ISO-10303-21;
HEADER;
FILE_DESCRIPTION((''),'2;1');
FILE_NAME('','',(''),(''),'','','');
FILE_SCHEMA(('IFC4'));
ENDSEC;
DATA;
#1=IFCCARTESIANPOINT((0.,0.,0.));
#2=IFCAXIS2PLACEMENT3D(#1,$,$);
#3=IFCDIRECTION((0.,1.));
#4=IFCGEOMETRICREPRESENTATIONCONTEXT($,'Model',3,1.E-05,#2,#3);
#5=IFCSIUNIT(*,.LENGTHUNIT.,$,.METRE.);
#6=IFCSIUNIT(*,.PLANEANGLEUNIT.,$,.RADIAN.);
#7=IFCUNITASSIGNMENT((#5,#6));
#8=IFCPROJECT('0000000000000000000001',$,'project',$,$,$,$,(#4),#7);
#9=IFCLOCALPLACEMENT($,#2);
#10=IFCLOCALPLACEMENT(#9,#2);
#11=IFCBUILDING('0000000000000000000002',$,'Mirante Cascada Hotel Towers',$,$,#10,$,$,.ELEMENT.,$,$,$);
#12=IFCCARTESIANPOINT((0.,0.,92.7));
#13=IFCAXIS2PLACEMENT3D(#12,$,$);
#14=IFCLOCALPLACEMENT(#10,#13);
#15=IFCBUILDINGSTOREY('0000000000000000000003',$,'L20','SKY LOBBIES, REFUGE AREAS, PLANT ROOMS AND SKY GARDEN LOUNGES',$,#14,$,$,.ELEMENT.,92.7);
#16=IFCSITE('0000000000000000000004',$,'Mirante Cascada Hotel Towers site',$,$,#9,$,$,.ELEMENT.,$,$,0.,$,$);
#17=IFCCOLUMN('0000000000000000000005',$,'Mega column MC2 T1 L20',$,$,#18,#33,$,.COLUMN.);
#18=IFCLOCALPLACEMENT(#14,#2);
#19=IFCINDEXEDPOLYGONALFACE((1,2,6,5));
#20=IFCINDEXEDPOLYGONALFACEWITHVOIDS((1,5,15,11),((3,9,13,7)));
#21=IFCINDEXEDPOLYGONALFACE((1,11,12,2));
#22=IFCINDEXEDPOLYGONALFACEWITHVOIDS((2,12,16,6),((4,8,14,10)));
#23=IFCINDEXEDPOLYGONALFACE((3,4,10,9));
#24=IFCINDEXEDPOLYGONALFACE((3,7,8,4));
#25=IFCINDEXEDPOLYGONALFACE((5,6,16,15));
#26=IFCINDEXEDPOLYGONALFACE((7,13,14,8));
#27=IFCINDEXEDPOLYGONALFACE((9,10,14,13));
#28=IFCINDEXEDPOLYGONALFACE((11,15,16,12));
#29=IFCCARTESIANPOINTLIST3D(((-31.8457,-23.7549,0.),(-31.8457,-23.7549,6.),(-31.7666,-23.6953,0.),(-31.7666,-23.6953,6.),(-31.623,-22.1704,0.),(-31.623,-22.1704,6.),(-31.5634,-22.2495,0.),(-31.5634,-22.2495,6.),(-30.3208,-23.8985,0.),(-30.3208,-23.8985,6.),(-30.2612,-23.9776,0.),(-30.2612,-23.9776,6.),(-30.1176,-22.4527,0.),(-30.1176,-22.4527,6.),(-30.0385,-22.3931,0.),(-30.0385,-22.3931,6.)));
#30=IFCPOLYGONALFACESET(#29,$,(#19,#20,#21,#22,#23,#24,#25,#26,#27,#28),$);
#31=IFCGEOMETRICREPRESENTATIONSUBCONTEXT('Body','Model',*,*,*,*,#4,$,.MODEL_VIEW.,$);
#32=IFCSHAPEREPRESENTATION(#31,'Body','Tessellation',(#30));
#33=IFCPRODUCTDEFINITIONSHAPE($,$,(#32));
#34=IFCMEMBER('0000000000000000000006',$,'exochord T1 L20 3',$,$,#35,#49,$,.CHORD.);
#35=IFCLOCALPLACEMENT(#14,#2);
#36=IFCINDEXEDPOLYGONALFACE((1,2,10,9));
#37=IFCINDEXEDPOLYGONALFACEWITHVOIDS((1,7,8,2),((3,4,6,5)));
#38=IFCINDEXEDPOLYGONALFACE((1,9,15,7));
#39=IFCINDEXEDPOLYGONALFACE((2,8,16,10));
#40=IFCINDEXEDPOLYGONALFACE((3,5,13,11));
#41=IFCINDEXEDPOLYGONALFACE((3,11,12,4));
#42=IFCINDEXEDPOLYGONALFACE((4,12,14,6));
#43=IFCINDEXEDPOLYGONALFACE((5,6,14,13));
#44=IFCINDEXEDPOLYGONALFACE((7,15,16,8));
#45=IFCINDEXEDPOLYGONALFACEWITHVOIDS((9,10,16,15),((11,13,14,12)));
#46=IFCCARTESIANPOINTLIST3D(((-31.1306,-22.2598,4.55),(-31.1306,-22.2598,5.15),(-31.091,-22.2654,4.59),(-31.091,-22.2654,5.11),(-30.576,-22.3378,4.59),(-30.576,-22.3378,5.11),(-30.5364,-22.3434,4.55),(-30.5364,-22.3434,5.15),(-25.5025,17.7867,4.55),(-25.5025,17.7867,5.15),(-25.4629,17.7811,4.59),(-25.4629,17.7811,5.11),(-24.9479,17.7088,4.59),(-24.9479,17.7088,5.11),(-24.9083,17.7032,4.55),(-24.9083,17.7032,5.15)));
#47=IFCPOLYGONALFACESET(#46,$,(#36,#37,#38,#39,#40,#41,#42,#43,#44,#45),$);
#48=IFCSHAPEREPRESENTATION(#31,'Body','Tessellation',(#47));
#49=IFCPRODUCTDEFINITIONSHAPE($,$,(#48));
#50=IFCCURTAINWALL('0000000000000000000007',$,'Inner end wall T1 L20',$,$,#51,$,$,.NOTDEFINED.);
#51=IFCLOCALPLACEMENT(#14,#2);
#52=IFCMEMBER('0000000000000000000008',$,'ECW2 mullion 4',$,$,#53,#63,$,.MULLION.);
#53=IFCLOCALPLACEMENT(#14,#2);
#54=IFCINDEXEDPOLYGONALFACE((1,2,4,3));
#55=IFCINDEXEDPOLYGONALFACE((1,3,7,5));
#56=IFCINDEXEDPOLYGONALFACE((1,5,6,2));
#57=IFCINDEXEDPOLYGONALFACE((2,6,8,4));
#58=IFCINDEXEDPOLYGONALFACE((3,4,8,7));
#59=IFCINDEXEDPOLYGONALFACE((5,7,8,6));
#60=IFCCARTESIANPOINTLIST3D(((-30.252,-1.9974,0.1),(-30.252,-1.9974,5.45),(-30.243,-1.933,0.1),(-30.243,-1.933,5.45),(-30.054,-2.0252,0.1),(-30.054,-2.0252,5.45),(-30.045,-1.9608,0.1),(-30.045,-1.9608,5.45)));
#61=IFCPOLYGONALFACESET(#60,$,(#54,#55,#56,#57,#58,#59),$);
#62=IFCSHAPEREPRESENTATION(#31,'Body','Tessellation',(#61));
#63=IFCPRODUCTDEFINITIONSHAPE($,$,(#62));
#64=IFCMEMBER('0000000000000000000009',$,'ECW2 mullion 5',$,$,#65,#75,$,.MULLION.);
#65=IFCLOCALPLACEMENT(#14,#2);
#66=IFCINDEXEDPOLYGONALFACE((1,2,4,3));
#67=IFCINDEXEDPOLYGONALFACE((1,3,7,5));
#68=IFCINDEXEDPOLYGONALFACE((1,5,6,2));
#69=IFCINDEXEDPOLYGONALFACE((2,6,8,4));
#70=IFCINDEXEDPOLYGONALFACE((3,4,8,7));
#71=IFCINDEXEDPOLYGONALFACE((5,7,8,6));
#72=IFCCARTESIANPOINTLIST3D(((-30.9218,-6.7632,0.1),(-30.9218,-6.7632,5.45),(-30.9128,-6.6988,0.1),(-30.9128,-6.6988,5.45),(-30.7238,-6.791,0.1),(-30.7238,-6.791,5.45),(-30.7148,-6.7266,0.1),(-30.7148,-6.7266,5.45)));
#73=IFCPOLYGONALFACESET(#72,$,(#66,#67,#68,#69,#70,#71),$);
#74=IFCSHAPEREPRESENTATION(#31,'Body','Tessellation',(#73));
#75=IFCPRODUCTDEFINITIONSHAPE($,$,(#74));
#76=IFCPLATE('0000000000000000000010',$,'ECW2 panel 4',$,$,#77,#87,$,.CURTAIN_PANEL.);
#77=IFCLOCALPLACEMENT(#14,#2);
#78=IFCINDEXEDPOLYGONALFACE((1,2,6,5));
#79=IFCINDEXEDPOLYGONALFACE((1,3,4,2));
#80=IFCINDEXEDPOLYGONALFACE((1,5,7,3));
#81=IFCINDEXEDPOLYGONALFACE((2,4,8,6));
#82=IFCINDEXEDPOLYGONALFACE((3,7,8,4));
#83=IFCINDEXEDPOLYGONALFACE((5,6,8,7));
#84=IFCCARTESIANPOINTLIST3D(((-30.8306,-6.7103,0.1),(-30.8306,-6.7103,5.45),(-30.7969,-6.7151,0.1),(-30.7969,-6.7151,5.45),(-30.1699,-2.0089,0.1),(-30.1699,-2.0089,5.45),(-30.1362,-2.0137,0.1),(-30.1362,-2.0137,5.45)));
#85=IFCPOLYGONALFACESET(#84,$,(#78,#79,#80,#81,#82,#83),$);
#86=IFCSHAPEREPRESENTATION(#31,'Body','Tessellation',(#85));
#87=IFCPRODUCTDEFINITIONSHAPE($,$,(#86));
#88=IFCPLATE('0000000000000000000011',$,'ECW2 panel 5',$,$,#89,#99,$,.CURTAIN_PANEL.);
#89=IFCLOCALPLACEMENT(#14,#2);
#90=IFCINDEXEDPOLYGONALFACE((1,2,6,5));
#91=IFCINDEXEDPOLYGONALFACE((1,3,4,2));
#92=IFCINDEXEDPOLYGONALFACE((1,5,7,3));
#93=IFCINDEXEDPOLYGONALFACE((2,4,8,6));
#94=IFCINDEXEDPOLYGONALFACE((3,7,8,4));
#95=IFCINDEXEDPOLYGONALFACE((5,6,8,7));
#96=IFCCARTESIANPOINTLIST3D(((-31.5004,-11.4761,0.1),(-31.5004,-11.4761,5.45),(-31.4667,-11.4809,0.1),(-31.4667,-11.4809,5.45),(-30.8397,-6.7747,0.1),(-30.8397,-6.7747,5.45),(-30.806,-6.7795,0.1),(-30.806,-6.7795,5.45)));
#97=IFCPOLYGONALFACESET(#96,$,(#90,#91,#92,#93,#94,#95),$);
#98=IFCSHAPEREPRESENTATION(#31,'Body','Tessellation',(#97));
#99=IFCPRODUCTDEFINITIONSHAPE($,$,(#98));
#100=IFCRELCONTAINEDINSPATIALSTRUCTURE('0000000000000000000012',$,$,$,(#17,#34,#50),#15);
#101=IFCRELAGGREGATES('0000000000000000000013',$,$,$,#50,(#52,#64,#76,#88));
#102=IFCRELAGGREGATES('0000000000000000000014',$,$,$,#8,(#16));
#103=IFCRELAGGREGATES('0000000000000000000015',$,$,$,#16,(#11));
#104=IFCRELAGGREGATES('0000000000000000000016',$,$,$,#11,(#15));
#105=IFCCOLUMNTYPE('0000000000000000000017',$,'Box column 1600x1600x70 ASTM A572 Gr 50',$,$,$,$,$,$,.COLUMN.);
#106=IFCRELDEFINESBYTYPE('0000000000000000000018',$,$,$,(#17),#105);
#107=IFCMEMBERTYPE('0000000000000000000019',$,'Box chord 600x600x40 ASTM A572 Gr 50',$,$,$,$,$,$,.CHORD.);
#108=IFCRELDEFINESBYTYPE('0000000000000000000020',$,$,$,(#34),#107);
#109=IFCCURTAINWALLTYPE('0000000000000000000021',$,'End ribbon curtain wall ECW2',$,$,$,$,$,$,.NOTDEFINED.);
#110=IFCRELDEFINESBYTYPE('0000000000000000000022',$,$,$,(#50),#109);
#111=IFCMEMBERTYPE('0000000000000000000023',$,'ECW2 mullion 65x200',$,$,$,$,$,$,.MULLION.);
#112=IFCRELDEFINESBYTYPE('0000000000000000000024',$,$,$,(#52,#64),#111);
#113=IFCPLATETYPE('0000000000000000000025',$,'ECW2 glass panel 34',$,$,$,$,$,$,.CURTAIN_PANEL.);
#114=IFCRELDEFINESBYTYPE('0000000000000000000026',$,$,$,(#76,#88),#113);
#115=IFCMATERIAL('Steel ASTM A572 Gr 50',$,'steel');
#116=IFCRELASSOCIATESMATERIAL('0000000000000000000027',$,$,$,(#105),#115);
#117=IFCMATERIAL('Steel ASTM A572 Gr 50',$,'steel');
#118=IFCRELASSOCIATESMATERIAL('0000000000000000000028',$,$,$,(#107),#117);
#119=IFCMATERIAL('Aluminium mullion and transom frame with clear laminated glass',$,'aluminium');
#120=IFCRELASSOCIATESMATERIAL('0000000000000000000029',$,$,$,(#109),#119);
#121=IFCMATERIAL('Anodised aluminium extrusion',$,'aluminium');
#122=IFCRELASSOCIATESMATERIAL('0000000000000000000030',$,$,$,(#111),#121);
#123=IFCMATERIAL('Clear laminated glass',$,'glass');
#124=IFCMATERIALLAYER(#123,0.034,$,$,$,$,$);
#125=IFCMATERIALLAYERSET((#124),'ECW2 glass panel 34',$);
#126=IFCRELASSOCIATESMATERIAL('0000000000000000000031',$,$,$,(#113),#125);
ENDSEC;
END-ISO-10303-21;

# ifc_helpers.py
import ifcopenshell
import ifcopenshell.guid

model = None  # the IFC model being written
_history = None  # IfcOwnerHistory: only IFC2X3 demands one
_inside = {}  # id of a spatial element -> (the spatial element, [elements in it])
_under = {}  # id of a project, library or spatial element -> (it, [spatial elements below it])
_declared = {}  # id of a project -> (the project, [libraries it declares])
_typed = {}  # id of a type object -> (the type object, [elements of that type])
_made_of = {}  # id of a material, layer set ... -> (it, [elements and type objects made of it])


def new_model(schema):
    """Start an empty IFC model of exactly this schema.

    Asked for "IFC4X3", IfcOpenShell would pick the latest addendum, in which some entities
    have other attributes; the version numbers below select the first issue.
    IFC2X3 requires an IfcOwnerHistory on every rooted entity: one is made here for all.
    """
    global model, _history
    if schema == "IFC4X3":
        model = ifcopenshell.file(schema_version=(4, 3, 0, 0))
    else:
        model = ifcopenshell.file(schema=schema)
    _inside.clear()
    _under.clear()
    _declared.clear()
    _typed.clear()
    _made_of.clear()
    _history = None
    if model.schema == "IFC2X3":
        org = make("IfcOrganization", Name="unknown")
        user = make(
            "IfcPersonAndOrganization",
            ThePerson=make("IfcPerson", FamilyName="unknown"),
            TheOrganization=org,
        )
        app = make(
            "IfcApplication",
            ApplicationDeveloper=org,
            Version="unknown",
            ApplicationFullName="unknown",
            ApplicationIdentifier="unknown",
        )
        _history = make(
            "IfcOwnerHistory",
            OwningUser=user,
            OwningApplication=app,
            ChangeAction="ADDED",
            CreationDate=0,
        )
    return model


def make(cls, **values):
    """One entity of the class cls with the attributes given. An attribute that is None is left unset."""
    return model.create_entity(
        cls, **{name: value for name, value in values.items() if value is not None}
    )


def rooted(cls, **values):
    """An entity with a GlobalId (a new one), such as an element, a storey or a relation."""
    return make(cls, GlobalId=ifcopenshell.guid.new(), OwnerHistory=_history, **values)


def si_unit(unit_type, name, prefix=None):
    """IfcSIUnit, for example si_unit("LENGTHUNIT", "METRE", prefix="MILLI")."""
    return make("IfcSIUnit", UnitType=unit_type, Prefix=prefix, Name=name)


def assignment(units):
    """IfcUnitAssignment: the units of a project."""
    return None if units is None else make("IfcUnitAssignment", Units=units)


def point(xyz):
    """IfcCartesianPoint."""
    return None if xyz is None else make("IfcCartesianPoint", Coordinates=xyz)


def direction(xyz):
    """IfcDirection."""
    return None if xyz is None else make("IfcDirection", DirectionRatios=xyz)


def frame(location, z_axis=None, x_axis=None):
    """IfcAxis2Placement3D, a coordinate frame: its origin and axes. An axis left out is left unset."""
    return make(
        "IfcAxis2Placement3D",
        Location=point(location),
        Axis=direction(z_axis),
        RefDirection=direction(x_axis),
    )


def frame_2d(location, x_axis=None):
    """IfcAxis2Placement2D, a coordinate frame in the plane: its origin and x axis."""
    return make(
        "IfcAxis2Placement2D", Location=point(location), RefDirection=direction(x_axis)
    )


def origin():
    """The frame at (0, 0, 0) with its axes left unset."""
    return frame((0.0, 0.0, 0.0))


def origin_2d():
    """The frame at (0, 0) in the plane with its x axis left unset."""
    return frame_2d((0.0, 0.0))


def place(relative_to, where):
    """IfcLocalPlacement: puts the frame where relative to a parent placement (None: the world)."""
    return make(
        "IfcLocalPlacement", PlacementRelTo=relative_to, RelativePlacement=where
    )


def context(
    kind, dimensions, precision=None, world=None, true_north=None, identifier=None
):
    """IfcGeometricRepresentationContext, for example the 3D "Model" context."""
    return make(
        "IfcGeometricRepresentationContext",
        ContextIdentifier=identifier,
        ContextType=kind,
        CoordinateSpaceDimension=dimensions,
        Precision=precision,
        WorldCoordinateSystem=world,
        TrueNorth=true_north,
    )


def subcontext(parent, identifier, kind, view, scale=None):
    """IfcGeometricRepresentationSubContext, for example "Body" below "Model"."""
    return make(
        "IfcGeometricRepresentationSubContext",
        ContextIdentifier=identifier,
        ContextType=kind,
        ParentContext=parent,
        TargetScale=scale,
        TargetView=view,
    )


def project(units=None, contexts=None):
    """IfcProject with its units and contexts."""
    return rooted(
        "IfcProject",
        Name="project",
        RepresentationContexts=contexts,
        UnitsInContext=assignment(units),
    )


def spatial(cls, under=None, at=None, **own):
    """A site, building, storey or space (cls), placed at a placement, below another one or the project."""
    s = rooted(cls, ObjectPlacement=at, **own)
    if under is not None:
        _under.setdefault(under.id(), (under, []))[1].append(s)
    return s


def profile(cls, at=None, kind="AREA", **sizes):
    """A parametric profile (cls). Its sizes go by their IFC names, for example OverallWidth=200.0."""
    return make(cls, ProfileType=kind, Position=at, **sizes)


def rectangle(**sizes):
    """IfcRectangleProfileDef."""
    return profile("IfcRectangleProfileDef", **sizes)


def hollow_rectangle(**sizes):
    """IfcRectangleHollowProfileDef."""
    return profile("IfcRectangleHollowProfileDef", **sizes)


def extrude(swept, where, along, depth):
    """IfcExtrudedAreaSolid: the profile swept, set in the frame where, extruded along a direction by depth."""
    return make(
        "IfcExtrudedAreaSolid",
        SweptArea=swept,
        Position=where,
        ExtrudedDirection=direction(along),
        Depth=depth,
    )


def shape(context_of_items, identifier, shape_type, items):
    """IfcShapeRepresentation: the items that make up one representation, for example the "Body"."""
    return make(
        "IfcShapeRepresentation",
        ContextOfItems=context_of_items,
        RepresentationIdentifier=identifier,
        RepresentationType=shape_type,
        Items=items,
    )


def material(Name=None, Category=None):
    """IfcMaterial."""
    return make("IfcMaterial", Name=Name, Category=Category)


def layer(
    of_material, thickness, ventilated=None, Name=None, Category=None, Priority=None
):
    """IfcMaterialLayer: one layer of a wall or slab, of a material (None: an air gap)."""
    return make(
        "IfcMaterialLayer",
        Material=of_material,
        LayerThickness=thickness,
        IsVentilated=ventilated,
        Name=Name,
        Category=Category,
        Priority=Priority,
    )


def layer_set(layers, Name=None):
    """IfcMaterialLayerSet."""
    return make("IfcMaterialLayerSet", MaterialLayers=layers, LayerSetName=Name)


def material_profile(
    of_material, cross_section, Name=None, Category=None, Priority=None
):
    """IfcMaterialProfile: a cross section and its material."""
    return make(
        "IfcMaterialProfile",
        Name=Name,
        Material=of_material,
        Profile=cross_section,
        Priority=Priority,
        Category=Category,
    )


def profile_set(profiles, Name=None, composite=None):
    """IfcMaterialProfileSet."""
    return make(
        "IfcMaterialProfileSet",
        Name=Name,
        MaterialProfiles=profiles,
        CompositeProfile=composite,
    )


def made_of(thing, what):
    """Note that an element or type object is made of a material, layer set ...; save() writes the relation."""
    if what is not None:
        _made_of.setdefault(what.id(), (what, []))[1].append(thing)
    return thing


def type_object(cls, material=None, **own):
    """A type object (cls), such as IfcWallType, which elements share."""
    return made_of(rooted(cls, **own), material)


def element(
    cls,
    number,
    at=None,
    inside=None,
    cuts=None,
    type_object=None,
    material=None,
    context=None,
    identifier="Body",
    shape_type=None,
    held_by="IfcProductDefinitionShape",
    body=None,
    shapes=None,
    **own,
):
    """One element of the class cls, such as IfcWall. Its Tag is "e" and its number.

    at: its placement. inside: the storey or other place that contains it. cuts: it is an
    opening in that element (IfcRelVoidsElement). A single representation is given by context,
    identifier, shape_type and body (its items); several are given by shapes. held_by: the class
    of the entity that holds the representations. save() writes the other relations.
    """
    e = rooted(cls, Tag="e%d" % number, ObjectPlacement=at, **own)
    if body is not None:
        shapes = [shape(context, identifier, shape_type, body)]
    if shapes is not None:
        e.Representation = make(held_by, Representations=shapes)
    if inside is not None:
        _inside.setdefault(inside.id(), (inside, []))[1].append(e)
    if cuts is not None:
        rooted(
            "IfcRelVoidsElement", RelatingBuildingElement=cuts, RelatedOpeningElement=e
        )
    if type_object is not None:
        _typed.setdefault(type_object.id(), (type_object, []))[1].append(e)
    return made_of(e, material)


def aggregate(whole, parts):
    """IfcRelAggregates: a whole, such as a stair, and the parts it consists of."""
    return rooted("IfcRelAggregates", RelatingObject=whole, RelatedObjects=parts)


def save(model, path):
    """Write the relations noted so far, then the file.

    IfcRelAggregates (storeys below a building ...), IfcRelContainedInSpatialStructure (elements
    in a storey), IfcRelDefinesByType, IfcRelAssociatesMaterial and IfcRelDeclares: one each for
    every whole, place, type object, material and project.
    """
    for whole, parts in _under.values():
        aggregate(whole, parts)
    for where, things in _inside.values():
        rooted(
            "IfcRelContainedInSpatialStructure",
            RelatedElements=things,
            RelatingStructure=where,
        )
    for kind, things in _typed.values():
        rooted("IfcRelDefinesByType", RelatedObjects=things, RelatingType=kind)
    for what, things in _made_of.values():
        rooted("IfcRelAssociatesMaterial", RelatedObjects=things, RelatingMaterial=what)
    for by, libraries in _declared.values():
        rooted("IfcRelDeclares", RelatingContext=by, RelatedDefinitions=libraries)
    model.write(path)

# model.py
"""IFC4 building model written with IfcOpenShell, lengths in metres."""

from ifc_helpers import new_model, si_unit, direction, frame, origin, origin_2d, place, context, subcontext, project, spatial, rectangle, hollow_rectangle, extrude, material, layer, layer_set, material_profile, profile_set, type_object, element, aggregate, save


model = new_model("IFC4")

# Units and contexts
model_context = context("Model", 3, precision=1e-05, world=origin(), true_north=direction((0.0, 1.0)))
body_context = subcontext(model_context, "Body", "Model", "MODEL_VIEW")
ifc_project = project(units=[si_unit("LENGTHUNIT", "METRE"), si_unit("PLANEANGLEUNIT", "RADIAN")], contexts=[model_context])

# Site, building, storey
site_placement = place(None, origin())
site = spatial("IfcSite", under=ifc_project, at=site_placement, Name="Mirante Cascada Hotel Towers site", CompositionType="ELEMENT", RefElevation=0.0)
building_placement = place(site_placement, origin())
building = spatial("IfcBuilding", under=site, at=building_placement, Name="Mirante Cascada Hotel Towers", CompositionType="ELEMENT")
storey_placement = place(building_placement, frame((0.0, 0.0, 92.7)))
storey = spatial("IfcBuildingStorey", under=building, at=storey_placement, Name="L20", Description="SKY LOBBIES, REFUGE AREAS, PLANT ROOMS AND SKY GARDEN LOUNGES", CompositionType="ELEMENT", Elevation=92.7)

# Column
ifc_material_1 = material(Name="Steel ASTM A572 Gr 50", Category="steel")
ifc_material_profile_1 = material_profile(ifc_material_1, hollow_rectangle(XDim=1.6, YDim=1.6, WallThickness=0.07, at=origin_2d()), Name="Box column 1600x1600x70 ASTM A572 Gr 50")
ifc_profile_set_1 = profile_set([ifc_material_profile_1], Name="Steel ASTM A572 Gr 50")
column_type = type_object("IfcColumnType", Name="Box column 1600x1600x70 ASTM A572 Gr 50", PredefinedType="COLUMN", material=ifc_profile_set_1)
column_placement = place(storey_placement, frame((-30.9421, -23.074, 0.0), z_axis=(0.0, 0.0, 1.0), x_axis=(-0.990268, 0.139173, 0.0)))
element("IfcColumn", 1, at=column_placement, inside=storey, type_object=column_type, Name="Mega column MC2 T1 L20", PredefinedType="COLUMN", context=body_context, shape_type="SweptSolid", body=[
    extrude(hollow_rectangle(XDim=1.6, YDim=1.6, WallThickness=0.07, at=origin_2d()), origin(), (0.0, 0.0, 1.0), 6.0),
])

# Member
ifc_material_2 = material(Name="Steel ASTM A572 Gr 50", Category="steel")
ifc_material_profile_2 = material_profile(ifc_material_2, hollow_rectangle(XDim=0.6, YDim=0.6, WallThickness=0.04, at=origin_2d()), Name="Box chord 600x600x40 ASTM A572 Gr 50")
ifc_profile_set_2 = profile_set([ifc_material_profile_2], Name="Steel ASTM A572 Gr 50")
member_type_1 = type_object("IfcMemberType", Name="Box chord 600x600x40 ASTM A572 Gr 50", PredefinedType="CHORD", material=ifc_profile_set_2)
member_1_placement = place(storey_placement, frame((-30.8335, -22.3016, 4.85), z_axis=(0.139171, 0.990268, 0.0), x_axis=(-0.990268, 0.139171, 0.0)))
element("IfcMember", 2, at=member_1_placement, inside=storey, type_object=member_type_1, Name="exochord T1 L20 3", PredefinedType="CHORD", context=body_context, shape_type="SweptSolid", body=[
    extrude(hollow_rectangle(XDim=0.6, YDim=0.6, WallThickness=0.04, at=origin_2d()), origin(), (0.0, 0.0, 1.0), 40.4401),
])

# Curtain wall, members, plates
ifc_material_3 = material(Name="Aluminium mullion and transom frame with clear laminated glass", Category="aluminium")
curtain_wall_type = type_object("IfcCurtainWallType", Name="End ribbon curtain wall ECW2", PredefinedType="NOTDEFINED", material=ifc_material_3)
curtain_wall_placement = place(storey_placement, origin())
curtain_wall = element("IfcCurtainWall", 3, at=curtain_wall_placement, inside=storey, type_object=curtain_wall_type, Name="Inner end wall T1 L20", PredefinedType="NOTDEFINED")
ifc_material_4 = material(Name="Anodised aluminium extrusion", Category="aluminium")
ifc_material_profile_3 = material_profile(ifc_material_4, rectangle(XDim=0.2, YDim=0.065, at=origin_2d()), Name="ECW2 MULLION 65x200")
ifc_profile_set_3 = profile_set([ifc_material_profile_3], Name="Anodised aluminium extrusion")
member_type_2 = type_object("IfcMemberType", Name="ECW2 mullion 65x200", PredefinedType="MULLION", material=ifc_profile_set_3)
member_2_placement = place(storey_placement, frame((-30.1485, -1.9791, 0.1), z_axis=(0.0, 0.0, 1.0), x_axis=(0.990268, -0.139173, 0.0)))
member_2 = element("IfcMember", 4, at=member_2_placement, type_object=member_type_2, Name="ECW2 mullion 4", PredefinedType="MULLION", context=body_context, shape_type="SweptSolid", body=[
    extrude(rectangle(XDim=0.2, YDim=0.065, at=origin_2d()), origin(), (0.0, 0.0, 1.0), 5.35),
])
member_3_placement = place(storey_placement, frame((-30.8183, -6.7449, 0.1), z_axis=(0.0, 0.0, 1.0), x_axis=(0.990268, -0.139173, 0.0)))
member_3 = element("IfcMember", 5, at=member_3_placement, type_object=member_type_2, Name="ECW2 mullion 5", PredefinedType="MULLION", context=body_context, shape_type="SweptSolid", body=[
    extrude(rectangle(XDim=0.2, YDim=0.065, at=origin_2d()), origin(), (0.0, 0.0, 1.0), 5.35),
])
ifc_material_5 = material(Name="Clear laminated glass", Category="glass")
ifc_layer_1 = layer(ifc_material_5, 0.034)
ifc_layer_set_1 = layer_set([ifc_layer_1], Name="ECW2 glass panel 34")
plate_type = type_object("IfcPlateType", Name="ECW2 glass panel 34", PredefinedType="CURTAIN_PANEL", material=ifc_layer_set_1)
plate_1_placement = place(storey_placement, frame((-30.4834, -4.362, 0.1), z_axis=(0.0, 0.0, 1.0), x_axis=(-0.139173, -0.990268, 0.0)))
plate_1 = element("IfcPlate", 6, at=plate_1_placement, type_object=plate_type, Name="ECW2 panel 4", PredefinedType="CURTAIN_PANEL", context=body_context, shape_type="SweptSolid", body=[
    extrude(rectangle(XDim=4.7476, YDim=0.034, at=origin_2d()), origin(), (0.0, 0.0, 1.0), 5.35),
])
plate_2_placement = place(storey_placement, frame((-31.1532, -9.1278, 0.1), z_axis=(0.0, 0.0, 1.0), x_axis=(-0.139173, -0.990268, 0.0)))
plate_2 = element("IfcPlate", 7, at=plate_2_placement, type_object=plate_type, Name="ECW2 panel 5", PredefinedType="CURTAIN_PANEL", context=body_context, shape_type="SweptSolid", body=[
    extrude(rectangle(XDim=4.7476, YDim=0.034, at=origin_2d()), origin(), (0.0, 0.0, 1.0), 5.35),
])
aggregate(curtain_wall, [member_2, member_3, plate_1, plate_2])

save(model, "model.ifc")
